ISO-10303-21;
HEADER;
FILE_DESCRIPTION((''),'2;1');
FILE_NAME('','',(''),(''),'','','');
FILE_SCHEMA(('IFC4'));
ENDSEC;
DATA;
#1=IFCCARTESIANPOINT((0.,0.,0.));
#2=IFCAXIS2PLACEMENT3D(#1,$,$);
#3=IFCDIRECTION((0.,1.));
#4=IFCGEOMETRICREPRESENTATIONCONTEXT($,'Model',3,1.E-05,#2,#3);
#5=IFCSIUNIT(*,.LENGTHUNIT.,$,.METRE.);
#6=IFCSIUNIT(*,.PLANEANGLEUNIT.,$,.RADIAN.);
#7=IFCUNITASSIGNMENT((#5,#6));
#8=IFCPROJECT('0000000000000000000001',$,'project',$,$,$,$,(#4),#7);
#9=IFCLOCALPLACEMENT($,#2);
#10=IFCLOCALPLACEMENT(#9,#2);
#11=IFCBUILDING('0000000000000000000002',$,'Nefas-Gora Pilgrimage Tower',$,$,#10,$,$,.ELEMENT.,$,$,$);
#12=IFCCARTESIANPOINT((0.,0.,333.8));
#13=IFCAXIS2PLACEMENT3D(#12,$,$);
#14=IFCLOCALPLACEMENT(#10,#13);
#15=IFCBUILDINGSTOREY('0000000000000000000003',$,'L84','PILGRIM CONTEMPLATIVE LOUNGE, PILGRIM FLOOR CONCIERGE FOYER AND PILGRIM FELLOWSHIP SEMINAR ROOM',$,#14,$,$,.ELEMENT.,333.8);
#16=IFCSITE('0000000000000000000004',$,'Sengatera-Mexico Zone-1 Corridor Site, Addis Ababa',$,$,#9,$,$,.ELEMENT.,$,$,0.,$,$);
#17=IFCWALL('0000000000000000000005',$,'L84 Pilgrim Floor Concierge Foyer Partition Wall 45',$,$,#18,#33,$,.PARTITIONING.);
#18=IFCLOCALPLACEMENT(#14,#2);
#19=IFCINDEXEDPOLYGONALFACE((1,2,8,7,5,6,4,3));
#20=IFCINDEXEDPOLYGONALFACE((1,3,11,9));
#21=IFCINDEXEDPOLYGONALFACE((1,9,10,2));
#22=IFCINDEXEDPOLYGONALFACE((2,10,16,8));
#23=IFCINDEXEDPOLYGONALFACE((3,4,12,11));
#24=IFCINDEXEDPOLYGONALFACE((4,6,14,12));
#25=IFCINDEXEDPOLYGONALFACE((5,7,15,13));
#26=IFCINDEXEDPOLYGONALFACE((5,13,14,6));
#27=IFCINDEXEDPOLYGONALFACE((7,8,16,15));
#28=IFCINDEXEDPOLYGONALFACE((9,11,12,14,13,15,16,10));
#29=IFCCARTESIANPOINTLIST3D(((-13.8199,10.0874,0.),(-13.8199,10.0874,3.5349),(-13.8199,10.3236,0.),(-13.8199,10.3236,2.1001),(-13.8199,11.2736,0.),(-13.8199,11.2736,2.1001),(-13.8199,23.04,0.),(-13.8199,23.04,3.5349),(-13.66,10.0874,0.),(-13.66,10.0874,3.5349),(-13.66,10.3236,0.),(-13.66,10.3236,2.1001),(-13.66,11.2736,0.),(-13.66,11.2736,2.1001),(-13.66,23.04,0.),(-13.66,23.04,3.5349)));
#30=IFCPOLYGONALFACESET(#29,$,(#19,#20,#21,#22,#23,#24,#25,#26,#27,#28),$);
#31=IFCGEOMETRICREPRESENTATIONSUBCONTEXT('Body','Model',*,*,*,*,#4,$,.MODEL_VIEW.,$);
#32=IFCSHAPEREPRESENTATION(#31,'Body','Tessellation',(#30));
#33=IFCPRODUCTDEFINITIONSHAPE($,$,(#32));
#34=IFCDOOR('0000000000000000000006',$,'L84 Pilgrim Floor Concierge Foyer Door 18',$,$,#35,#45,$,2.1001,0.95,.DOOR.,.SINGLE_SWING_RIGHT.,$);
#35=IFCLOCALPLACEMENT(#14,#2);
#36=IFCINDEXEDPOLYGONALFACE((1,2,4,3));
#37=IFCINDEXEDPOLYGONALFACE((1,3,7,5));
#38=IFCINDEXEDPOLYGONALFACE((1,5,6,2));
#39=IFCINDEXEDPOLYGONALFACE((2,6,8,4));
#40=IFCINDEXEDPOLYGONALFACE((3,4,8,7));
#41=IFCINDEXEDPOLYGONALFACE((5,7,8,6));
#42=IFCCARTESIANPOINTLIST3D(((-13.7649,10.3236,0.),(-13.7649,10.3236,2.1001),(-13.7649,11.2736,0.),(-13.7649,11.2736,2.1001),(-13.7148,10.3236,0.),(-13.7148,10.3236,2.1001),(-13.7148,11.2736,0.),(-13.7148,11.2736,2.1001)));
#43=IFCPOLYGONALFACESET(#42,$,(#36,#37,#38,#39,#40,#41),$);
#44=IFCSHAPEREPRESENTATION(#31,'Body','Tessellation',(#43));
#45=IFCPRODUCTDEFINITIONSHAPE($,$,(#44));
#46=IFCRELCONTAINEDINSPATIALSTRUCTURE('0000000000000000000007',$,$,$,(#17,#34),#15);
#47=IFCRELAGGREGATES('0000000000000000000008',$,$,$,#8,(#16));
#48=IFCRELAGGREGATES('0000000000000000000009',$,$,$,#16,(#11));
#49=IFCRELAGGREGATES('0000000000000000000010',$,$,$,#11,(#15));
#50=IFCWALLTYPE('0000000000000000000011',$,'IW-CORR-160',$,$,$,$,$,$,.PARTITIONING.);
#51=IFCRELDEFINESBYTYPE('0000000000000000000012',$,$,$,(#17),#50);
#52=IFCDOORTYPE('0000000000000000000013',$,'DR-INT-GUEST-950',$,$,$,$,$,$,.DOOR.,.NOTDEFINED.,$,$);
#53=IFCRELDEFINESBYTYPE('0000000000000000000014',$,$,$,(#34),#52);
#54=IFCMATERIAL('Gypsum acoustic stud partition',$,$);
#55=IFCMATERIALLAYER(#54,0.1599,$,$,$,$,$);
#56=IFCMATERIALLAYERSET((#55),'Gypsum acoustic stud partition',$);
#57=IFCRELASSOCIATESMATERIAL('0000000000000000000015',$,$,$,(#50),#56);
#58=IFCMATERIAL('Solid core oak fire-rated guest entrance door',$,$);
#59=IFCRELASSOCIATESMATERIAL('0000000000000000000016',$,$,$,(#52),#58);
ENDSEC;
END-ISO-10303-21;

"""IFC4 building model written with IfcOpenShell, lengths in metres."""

from ifc_helpers import new_model, si_unit, direction, frame, frame_2d, origin, place, context, subcontext, project, spatial, rectangle, extrude, source, transform, mapped, material, layer, layer_set, type_object, element, fill, save


model = new_model("IFC4")

# Units and contexts
model_context = context("Model", 3, precision=1e-05, world=origin(), true_north=direction((0.0, 1.0)))
body_context = subcontext(model_context, "Body", "Model", "MODEL_VIEW")
ifc_project = project(units=[si_unit("LENGTHUNIT", "METRE"), si_unit("PLANEANGLEUNIT", "RADIAN")], contexts=[model_context])

# Site, building, storey
site_placement = place(None, origin())
site = spatial("IfcSite", under=ifc_project, at=site_placement, Name="Sengatera-Mexico Zone-1 Corridor Site, Addis Ababa", CompositionType="ELEMENT", RefElevation=0.0)
building_placement = place(site_placement, origin())
building = spatial("IfcBuilding", under=site, at=building_placement, Name="Nefas-Gora Pilgrimage Tower", CompositionType="ELEMENT")
storey_placement = place(building_placement, frame((0.0, 0.0, 333.8)))
storey = spatial("IfcBuildingStorey", under=building, at=storey_placement, Name="L84", Description="PILGRIM CONTEMPLATIVE LOUNGE, PILGRIM FLOOR CONCIERGE FOYER AND PILGRIM FELLOWSHIP SEMINAR ROOM", CompositionType="ELEMENT", Elevation=333.8)

# Shared definitions
ifc_material_1 = material(Name="Gypsum acoustic stud partition")
ifc_layer_1 = layer(ifc_material_1, 0.1599)
ifc_layer_set_1 = layer_set([ifc_layer_1], Name="Gypsum acoustic stud partition")
wall_type_1 = type_object("IfcWallType", Name="IW-CORR-160", PredefinedType="PARTITIONING", material=ifc_layer_set_1)
ifc_material_2 = material(Name="Solid core oak fire-rated guest entrance door")
door_type_1 = type_object("IfcDoorType", Name="DR-INT-GUEST-950", OperationType="NOTDEFINED", PredefinedType="DOOR", material=ifc_material_2)
shared_shape_1 = source(origin(), body_context, "Body", "SweptSolid", [
    extrude(rectangle(XDim=0.95, YDim=2.1001, at=frame_2d((0.4751, 1.05))), frame((0.0, 0.0249, 0.0), z_axis=(0.0, -1.0, 0.0), x_axis=(1.0, 0.0, 0.0)), (0.0, 0.0, 1.0), 0.05),
])

# Wall, opening, door
shared_shape_2 = source(origin(), body_context, "Body", "SweptSolid", [
    extrude(rectangle(XDim=12.9526, YDim=0.1599, at=frame_2d((6.4763, 0.0))), origin(), (0.0, 0.0, 1.0), 3.5349),
])
wall_1_placement = place(storey_placement, frame((-13.74, 10.0874, 0.0), z_axis=(0.0, 0.0, 1.0), x_axis=(0.0, 1.0, 0.0)))
wall_1 = element("IfcWall", 1, at=wall_1_placement, inside=storey, type_object=wall_type_1, Name="L84 Pilgrim Floor Concierge Foyer Partition Wall 45", PredefinedType="PARTITIONING", context=body_context, shape_type="MappedRepresentation", body=[
    mapped(shared_shape_2, transform((0.0, 0.0, 0.0), x_axis=(1.0, 0.0, 0.0), y_axis=(0.0, 1.0, 0.0), z_axis=(0.0, 0.0, 1.0), scale=1.0)),
])
opening_1_placement = place(wall_1_placement, frame((0.2361, 0.0, 0.0)))
opening_1 = element("IfcOpeningElement", 2, at=opening_1_placement, cuts=wall_1, PredefinedType="OPENING", context=body_context, shape_type="SweptSolid", body=[
    extrude(rectangle(XDim=0.95, YDim=2.1001, at=frame_2d((0.4751, 1.05))), frame((0.0, 0.0898, 0.0), z_axis=(0.0, -1.0, 0.0), x_axis=(1.0, 0.0, 0.0)), (0.0, 0.0, 1.0), 0.1799),
])
door_1_placement = place(opening_1_placement, origin())
door_1 = element("IfcDoor", 3, at=door_1_placement, inside=storey, type_object=door_type_1, Name="L84 Pilgrim Floor Concierge Foyer Door 18", OperationType="SINGLE_SWING_RIGHT", OverallHeight=2.1001, OverallWidth=0.95, PredefinedType="DOOR", context=body_context, shape_type="MappedRepresentation", body=[
    mapped(shared_shape_1, transform((0.0, 0.0, 0.0), x_axis=(1.0, 0.0, 0.0), y_axis=(0.0, 1.0, 0.0), z_axis=(0.0, 0.0, 1.0), scale=1.0)),
])
fill(opening_1, door_1)

save(model, "model.ifc")
